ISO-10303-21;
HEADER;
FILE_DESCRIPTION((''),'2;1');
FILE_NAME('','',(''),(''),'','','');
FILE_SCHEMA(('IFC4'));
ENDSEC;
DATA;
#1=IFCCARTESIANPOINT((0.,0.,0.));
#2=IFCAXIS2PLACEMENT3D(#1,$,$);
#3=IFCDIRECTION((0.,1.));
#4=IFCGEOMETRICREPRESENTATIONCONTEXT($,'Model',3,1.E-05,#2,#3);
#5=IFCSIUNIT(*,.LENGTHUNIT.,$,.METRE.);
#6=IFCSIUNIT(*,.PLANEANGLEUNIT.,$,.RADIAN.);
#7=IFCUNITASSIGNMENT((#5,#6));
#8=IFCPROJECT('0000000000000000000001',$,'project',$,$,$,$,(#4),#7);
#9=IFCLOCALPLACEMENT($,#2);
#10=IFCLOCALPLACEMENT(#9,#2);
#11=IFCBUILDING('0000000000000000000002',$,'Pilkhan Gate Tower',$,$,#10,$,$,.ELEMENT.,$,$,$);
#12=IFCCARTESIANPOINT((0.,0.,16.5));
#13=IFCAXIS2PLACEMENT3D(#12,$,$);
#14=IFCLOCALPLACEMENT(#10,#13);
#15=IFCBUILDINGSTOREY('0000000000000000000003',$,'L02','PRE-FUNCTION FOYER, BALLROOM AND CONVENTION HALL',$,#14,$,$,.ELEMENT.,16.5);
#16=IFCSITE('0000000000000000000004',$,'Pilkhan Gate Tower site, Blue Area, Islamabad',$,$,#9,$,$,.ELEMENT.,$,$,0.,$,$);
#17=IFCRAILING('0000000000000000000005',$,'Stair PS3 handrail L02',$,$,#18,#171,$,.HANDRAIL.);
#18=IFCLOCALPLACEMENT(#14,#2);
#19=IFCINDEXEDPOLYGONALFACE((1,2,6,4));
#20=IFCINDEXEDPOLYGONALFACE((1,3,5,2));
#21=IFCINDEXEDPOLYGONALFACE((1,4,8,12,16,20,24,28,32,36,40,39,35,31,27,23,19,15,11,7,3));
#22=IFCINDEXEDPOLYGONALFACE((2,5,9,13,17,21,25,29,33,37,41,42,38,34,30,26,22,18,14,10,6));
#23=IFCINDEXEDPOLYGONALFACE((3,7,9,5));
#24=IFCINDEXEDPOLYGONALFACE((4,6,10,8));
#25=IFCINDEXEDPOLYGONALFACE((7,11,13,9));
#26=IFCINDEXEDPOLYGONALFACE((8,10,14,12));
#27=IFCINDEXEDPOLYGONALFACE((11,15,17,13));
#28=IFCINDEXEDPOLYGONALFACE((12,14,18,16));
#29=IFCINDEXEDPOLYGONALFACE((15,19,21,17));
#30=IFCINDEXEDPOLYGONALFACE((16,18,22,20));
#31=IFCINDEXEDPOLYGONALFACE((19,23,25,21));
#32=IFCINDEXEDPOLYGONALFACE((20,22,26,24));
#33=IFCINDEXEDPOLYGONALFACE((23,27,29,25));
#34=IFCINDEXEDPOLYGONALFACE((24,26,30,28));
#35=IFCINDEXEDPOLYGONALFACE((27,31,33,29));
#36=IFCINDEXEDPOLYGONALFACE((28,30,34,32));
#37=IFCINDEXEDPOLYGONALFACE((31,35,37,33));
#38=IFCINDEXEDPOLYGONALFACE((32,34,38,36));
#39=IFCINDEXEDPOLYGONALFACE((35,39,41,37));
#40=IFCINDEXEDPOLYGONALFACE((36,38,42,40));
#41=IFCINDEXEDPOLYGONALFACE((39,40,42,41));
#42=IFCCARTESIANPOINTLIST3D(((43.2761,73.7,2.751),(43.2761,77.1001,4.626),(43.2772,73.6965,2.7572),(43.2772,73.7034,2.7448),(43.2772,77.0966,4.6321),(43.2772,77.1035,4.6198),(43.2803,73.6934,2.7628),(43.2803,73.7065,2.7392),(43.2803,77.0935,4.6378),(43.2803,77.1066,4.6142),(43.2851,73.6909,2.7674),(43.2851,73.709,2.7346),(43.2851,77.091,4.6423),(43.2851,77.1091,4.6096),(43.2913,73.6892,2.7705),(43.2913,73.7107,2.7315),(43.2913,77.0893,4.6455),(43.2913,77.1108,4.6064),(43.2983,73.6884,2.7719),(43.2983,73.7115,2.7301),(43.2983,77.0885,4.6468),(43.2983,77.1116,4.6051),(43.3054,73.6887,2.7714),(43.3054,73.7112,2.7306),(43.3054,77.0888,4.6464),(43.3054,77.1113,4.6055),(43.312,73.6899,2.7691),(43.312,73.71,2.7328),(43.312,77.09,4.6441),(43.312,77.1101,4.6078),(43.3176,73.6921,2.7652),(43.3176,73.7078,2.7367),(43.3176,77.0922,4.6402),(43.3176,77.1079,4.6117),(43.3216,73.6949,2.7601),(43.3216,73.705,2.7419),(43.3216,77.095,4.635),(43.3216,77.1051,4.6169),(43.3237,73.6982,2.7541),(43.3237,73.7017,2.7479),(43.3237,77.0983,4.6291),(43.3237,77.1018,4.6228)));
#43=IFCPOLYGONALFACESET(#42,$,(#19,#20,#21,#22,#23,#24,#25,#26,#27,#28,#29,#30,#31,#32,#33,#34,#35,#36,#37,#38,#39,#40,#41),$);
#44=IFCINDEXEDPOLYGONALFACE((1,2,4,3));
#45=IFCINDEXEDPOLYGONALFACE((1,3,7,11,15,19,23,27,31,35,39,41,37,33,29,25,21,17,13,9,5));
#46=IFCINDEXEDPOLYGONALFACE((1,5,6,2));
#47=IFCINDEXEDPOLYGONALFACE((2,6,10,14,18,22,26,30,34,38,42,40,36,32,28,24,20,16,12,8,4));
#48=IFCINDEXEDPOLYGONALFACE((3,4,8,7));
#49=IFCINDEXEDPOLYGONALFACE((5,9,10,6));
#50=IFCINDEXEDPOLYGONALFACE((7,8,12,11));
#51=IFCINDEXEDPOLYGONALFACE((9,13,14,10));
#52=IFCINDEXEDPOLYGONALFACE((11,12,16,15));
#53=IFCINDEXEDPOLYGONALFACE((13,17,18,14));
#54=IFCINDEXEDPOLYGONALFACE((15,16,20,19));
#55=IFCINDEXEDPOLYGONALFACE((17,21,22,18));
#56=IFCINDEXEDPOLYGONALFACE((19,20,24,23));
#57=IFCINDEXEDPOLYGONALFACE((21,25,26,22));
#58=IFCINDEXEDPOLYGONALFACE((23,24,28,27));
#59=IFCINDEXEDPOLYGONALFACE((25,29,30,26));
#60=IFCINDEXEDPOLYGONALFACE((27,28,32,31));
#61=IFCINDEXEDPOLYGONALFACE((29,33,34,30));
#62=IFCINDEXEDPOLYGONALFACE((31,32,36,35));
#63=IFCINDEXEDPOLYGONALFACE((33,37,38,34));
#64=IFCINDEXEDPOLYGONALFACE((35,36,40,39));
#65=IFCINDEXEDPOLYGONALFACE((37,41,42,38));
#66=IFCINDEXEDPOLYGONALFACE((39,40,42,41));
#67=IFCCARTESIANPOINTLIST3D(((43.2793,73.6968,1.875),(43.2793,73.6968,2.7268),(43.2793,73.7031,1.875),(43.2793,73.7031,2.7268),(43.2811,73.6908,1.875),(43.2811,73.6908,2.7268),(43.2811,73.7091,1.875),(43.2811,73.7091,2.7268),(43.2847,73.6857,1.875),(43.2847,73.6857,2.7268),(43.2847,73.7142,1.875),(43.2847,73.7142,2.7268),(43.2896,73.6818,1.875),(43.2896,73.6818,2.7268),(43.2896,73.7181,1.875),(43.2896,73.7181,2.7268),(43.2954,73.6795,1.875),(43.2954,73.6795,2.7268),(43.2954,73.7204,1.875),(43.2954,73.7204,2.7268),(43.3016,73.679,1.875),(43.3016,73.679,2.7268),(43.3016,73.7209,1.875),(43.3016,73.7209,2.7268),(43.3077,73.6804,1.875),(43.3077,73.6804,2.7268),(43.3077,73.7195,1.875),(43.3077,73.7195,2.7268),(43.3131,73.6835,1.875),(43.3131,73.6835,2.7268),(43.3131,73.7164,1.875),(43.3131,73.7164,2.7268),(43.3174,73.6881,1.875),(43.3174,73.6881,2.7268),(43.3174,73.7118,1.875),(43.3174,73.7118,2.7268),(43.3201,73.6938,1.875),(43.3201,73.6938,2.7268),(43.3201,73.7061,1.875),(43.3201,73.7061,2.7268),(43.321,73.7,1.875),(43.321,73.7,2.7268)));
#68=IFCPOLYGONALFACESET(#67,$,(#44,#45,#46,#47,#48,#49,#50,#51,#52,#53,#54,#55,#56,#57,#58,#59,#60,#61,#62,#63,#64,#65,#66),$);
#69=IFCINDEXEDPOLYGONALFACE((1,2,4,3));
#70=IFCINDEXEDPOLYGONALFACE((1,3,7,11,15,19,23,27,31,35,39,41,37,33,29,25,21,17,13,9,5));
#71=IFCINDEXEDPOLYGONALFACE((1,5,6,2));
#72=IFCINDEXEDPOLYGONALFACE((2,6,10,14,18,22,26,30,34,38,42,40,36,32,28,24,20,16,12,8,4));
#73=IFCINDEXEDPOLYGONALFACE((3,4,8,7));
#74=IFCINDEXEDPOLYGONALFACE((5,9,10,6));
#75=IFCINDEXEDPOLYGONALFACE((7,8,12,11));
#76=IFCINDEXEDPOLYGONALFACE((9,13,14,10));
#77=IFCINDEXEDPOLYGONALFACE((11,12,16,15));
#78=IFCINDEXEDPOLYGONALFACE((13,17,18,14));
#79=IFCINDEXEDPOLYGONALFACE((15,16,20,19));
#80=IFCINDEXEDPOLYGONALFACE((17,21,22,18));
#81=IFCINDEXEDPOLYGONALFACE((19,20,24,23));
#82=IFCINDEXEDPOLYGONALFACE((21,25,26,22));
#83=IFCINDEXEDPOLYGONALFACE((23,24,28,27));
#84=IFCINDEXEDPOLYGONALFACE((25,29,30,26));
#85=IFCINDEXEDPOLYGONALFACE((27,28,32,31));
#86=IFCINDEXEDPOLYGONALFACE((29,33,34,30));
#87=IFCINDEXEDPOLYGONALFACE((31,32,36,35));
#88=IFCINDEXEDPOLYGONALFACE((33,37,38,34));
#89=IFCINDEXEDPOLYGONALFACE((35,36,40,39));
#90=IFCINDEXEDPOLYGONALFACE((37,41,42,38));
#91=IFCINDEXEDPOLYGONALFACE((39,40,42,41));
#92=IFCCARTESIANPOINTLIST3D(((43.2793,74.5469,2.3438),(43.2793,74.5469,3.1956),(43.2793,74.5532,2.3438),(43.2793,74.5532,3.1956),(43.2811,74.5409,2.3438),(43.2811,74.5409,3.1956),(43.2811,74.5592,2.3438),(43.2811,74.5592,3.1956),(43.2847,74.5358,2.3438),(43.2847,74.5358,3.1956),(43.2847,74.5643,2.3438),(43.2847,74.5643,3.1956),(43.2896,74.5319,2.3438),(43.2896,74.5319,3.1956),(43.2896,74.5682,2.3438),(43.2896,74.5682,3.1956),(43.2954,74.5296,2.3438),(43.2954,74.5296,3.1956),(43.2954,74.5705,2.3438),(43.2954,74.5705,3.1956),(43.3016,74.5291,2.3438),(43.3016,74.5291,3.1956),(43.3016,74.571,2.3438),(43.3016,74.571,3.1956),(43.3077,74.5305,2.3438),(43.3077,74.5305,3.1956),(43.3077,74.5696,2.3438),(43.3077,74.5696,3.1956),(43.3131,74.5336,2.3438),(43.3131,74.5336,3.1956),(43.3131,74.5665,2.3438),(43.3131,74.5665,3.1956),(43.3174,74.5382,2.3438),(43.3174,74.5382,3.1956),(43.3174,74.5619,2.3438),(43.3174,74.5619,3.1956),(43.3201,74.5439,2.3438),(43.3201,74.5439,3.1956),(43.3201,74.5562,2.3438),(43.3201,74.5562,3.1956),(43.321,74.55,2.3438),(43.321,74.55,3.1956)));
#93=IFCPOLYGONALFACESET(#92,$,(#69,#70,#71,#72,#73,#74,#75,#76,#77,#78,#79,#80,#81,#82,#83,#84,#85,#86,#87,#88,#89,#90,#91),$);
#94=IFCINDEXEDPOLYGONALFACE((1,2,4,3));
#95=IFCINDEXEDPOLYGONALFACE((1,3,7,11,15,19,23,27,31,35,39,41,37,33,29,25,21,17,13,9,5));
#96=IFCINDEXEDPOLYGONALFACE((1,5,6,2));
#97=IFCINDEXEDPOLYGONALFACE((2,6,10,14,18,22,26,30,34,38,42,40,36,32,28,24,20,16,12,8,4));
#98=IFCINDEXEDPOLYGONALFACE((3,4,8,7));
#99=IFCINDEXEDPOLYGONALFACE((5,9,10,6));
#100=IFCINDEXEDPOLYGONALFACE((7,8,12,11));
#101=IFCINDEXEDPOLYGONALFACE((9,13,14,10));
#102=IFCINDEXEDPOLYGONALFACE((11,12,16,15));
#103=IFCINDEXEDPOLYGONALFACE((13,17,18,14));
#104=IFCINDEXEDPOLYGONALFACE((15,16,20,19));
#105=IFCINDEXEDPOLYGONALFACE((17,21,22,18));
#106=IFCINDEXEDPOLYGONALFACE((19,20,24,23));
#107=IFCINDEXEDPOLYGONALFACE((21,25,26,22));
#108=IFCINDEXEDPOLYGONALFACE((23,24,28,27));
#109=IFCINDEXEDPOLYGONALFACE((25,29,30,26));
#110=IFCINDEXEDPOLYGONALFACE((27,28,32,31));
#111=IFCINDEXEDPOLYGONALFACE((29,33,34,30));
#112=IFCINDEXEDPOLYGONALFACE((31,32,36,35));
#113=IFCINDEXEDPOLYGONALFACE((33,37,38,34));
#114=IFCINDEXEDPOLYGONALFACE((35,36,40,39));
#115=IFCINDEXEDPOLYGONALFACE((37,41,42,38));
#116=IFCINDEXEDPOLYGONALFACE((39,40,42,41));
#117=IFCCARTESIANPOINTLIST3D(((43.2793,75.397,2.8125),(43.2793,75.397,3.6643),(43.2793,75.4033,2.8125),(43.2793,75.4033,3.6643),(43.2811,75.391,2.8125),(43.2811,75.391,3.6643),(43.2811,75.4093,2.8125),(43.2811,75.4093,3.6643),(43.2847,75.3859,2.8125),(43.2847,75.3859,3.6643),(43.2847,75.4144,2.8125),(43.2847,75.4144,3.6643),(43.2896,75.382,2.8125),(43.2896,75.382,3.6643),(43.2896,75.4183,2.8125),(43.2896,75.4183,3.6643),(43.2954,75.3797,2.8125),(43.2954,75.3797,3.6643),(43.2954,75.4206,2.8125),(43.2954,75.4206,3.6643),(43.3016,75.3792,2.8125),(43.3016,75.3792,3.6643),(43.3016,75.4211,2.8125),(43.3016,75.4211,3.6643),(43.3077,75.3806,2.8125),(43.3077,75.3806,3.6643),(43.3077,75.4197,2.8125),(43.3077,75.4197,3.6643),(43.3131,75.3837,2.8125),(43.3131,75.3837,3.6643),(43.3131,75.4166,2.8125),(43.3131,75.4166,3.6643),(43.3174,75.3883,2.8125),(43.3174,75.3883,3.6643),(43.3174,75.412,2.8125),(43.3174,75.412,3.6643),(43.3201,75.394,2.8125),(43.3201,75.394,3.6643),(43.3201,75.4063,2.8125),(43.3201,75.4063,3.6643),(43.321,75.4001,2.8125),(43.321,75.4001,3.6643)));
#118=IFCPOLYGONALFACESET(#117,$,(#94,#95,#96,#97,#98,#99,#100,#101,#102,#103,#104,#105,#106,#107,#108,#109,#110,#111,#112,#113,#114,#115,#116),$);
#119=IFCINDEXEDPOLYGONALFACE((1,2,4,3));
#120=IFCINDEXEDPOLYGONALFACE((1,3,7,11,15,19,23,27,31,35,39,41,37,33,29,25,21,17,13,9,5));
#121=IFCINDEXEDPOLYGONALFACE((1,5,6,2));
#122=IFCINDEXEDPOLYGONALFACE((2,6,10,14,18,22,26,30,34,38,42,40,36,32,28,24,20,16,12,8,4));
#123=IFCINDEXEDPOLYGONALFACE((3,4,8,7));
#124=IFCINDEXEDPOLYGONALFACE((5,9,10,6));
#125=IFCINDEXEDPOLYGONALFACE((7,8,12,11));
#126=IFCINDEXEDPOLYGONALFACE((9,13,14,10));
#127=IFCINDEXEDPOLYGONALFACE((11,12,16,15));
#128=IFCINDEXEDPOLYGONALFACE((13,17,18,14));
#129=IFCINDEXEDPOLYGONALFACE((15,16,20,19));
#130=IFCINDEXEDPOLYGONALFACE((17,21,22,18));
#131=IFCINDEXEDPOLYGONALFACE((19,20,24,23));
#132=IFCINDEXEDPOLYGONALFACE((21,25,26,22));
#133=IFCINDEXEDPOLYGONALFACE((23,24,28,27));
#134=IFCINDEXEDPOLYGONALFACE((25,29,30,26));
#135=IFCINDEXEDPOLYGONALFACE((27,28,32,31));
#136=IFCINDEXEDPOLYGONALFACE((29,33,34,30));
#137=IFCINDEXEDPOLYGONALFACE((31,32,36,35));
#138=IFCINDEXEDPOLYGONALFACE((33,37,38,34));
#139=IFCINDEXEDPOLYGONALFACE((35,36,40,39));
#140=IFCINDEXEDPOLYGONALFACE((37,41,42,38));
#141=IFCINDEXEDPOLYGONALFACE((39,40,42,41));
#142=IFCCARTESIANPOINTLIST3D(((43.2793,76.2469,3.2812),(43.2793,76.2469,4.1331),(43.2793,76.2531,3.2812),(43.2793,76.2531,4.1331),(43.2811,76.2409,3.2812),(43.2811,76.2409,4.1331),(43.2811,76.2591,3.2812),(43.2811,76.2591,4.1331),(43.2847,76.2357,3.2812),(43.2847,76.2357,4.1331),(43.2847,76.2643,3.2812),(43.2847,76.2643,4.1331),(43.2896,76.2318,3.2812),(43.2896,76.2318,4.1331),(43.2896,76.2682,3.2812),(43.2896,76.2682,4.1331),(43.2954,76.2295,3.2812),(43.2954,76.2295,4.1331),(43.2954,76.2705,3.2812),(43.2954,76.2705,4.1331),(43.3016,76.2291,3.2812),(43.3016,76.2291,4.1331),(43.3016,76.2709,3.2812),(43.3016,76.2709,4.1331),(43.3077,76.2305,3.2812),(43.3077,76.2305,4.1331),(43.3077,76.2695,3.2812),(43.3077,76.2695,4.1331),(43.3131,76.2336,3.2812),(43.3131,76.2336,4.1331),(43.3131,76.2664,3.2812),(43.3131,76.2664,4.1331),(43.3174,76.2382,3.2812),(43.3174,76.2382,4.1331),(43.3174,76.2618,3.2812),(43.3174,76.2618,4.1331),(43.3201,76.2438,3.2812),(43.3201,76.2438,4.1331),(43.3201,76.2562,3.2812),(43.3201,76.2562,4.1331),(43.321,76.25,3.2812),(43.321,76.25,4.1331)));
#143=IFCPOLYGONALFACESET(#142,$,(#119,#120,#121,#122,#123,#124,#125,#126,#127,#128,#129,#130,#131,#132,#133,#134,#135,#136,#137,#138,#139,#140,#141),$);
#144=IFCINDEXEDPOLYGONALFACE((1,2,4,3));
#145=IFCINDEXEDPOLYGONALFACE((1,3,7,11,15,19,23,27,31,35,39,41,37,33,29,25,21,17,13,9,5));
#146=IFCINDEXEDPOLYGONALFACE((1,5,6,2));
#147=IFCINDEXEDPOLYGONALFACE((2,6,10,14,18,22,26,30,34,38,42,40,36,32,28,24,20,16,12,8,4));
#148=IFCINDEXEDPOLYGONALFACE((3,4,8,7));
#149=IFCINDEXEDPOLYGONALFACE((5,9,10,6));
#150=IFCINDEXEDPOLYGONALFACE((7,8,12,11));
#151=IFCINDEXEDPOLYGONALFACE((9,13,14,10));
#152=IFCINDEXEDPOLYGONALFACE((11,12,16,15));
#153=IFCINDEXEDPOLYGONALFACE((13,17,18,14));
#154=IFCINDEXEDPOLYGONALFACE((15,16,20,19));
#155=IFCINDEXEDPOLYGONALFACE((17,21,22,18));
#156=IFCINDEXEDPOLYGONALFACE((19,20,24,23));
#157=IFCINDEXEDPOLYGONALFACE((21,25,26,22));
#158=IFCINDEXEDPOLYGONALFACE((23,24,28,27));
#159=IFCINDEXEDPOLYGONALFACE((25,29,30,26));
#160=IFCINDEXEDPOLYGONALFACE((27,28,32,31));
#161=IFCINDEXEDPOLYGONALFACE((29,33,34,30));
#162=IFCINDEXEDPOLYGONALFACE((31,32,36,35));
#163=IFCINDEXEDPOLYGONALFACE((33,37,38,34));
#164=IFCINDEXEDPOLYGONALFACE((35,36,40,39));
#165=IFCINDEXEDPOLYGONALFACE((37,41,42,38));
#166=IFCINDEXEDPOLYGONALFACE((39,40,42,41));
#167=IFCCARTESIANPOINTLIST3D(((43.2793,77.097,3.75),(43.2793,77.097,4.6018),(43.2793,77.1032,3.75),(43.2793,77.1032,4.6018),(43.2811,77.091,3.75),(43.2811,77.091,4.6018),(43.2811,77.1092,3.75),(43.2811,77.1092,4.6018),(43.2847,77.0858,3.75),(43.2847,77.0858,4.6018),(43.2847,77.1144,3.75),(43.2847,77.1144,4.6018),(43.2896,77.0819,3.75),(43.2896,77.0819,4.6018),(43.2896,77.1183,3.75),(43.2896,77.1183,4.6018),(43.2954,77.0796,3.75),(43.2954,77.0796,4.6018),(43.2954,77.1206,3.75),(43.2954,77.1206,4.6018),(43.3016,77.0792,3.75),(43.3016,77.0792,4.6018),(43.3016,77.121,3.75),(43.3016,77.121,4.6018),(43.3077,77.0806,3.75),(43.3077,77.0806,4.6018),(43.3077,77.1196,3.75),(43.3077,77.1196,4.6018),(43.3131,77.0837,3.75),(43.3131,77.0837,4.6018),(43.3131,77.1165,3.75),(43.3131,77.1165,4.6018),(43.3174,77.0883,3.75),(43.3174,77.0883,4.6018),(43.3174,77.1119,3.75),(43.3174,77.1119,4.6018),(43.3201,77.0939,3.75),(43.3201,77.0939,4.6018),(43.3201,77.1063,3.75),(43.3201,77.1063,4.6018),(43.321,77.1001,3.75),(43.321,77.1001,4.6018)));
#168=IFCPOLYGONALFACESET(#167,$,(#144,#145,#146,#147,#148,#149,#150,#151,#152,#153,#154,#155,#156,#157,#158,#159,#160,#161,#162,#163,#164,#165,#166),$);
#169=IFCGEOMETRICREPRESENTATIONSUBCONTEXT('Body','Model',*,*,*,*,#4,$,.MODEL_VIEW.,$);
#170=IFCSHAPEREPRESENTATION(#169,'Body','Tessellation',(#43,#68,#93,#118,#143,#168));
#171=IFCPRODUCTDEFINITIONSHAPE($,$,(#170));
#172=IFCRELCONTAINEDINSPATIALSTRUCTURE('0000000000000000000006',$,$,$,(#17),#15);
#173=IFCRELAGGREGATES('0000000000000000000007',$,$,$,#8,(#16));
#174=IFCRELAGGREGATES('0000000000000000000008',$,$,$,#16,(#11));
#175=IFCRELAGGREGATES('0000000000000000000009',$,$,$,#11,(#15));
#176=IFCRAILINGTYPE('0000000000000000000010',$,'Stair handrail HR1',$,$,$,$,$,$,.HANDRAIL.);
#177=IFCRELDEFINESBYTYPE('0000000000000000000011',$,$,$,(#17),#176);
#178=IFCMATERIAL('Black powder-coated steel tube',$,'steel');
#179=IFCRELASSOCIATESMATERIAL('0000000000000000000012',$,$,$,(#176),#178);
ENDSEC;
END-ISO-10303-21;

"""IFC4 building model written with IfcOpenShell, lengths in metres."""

from ifc_helpers import new_model, si_unit, direction, frame, origin, origin_2d, place, context, subcontext, project, spatial, circle, extrude, material, type_object, element, save


model = new_model("IFC4")

# Units and contexts
model_context = context("Model", 3, precision=1e-05, world=origin(), true_north=direction((0.0, 1.0)))
body_context = subcontext(model_context, "Body", "Model", "MODEL_VIEW")
ifc_project = project(units=[si_unit("LENGTHUNIT", "METRE"), si_unit("PLANEANGLEUNIT", "RADIAN")], contexts=[model_context])

# Site, building, storey
site_placement = place(None, origin())
site = spatial("IfcSite", under=ifc_project, at=site_placement, Name="Pilkhan Gate Tower site, Blue Area, Islamabad", CompositionType="ELEMENT", RefElevation=0.0)
building_placement = place(site_placement, origin())
building = spatial("IfcBuilding", under=site, at=building_placement, Name="Pilkhan Gate Tower", CompositionType="ELEMENT")
storey_placement = place(building_placement, frame((0.0, 0.0, 16.5)))
storey = spatial("IfcBuildingStorey", under=building, at=storey_placement, Name="L02", Description="PRE-FUNCTION FOYER, BALLROOM AND CONVENTION HALL", CompositionType="ELEMENT", Elevation=16.5)

# Railing
ifc_material_1 = material(Name="Black powder-coated steel tube", Category="steel")
railing_type_1 = type_object("IfcRailingType", Name="Stair handrail HR1", PredefinedType="HANDRAIL", material=ifc_material_1)
for number, where, name in (
    (1, (43.3, 73.7, 1.875), "Stair PS3 handrail L02"),
):
    element("IfcRailing", number, at=place(storey_placement, frame(where)), inside=storey, type_object=railing_type_1, Name=name, PredefinedType="HANDRAIL", context=body_context, shape_type="SweptSolid", body=[
        extrude(circle(Radius=0.0239, at=origin_2d()), frame((0.0, 0.0, 0.876), z_axis=(0.0, 0.87568, 0.482891), x_axis=(-1.0, 0.0, 0.0)), (0.0, 0.0, 1.0), 3.8828),
        extrude(circle(Radius=0.021, at=origin_2d()), origin(), (0.0, 0.0, 1.0), 0.8518),
        extrude(circle(Radius=0.021, at=origin_2d()), frame((0.0, 0.8501, 0.4688)), (0.0, 0.0, 1.0), 0.8518),
        extrude(circle(Radius=0.021, at=origin_2d()), frame((0.0, 1.7002, 0.9375)), (0.0, 0.0, 1.0), 0.8518),
        extrude(circle(Radius=0.021, at=origin_2d()), frame((0.0, 2.55, 1.4062)), (0.0, 0.0, 1.0), 0.8518),
        extrude(circle(Radius=0.021, at=origin_2d()), frame((0.0, 3.4001, 1.875)), (0.0, 0.0, 1.0), 0.8518),
    ])

save(model, "model.ifc")
